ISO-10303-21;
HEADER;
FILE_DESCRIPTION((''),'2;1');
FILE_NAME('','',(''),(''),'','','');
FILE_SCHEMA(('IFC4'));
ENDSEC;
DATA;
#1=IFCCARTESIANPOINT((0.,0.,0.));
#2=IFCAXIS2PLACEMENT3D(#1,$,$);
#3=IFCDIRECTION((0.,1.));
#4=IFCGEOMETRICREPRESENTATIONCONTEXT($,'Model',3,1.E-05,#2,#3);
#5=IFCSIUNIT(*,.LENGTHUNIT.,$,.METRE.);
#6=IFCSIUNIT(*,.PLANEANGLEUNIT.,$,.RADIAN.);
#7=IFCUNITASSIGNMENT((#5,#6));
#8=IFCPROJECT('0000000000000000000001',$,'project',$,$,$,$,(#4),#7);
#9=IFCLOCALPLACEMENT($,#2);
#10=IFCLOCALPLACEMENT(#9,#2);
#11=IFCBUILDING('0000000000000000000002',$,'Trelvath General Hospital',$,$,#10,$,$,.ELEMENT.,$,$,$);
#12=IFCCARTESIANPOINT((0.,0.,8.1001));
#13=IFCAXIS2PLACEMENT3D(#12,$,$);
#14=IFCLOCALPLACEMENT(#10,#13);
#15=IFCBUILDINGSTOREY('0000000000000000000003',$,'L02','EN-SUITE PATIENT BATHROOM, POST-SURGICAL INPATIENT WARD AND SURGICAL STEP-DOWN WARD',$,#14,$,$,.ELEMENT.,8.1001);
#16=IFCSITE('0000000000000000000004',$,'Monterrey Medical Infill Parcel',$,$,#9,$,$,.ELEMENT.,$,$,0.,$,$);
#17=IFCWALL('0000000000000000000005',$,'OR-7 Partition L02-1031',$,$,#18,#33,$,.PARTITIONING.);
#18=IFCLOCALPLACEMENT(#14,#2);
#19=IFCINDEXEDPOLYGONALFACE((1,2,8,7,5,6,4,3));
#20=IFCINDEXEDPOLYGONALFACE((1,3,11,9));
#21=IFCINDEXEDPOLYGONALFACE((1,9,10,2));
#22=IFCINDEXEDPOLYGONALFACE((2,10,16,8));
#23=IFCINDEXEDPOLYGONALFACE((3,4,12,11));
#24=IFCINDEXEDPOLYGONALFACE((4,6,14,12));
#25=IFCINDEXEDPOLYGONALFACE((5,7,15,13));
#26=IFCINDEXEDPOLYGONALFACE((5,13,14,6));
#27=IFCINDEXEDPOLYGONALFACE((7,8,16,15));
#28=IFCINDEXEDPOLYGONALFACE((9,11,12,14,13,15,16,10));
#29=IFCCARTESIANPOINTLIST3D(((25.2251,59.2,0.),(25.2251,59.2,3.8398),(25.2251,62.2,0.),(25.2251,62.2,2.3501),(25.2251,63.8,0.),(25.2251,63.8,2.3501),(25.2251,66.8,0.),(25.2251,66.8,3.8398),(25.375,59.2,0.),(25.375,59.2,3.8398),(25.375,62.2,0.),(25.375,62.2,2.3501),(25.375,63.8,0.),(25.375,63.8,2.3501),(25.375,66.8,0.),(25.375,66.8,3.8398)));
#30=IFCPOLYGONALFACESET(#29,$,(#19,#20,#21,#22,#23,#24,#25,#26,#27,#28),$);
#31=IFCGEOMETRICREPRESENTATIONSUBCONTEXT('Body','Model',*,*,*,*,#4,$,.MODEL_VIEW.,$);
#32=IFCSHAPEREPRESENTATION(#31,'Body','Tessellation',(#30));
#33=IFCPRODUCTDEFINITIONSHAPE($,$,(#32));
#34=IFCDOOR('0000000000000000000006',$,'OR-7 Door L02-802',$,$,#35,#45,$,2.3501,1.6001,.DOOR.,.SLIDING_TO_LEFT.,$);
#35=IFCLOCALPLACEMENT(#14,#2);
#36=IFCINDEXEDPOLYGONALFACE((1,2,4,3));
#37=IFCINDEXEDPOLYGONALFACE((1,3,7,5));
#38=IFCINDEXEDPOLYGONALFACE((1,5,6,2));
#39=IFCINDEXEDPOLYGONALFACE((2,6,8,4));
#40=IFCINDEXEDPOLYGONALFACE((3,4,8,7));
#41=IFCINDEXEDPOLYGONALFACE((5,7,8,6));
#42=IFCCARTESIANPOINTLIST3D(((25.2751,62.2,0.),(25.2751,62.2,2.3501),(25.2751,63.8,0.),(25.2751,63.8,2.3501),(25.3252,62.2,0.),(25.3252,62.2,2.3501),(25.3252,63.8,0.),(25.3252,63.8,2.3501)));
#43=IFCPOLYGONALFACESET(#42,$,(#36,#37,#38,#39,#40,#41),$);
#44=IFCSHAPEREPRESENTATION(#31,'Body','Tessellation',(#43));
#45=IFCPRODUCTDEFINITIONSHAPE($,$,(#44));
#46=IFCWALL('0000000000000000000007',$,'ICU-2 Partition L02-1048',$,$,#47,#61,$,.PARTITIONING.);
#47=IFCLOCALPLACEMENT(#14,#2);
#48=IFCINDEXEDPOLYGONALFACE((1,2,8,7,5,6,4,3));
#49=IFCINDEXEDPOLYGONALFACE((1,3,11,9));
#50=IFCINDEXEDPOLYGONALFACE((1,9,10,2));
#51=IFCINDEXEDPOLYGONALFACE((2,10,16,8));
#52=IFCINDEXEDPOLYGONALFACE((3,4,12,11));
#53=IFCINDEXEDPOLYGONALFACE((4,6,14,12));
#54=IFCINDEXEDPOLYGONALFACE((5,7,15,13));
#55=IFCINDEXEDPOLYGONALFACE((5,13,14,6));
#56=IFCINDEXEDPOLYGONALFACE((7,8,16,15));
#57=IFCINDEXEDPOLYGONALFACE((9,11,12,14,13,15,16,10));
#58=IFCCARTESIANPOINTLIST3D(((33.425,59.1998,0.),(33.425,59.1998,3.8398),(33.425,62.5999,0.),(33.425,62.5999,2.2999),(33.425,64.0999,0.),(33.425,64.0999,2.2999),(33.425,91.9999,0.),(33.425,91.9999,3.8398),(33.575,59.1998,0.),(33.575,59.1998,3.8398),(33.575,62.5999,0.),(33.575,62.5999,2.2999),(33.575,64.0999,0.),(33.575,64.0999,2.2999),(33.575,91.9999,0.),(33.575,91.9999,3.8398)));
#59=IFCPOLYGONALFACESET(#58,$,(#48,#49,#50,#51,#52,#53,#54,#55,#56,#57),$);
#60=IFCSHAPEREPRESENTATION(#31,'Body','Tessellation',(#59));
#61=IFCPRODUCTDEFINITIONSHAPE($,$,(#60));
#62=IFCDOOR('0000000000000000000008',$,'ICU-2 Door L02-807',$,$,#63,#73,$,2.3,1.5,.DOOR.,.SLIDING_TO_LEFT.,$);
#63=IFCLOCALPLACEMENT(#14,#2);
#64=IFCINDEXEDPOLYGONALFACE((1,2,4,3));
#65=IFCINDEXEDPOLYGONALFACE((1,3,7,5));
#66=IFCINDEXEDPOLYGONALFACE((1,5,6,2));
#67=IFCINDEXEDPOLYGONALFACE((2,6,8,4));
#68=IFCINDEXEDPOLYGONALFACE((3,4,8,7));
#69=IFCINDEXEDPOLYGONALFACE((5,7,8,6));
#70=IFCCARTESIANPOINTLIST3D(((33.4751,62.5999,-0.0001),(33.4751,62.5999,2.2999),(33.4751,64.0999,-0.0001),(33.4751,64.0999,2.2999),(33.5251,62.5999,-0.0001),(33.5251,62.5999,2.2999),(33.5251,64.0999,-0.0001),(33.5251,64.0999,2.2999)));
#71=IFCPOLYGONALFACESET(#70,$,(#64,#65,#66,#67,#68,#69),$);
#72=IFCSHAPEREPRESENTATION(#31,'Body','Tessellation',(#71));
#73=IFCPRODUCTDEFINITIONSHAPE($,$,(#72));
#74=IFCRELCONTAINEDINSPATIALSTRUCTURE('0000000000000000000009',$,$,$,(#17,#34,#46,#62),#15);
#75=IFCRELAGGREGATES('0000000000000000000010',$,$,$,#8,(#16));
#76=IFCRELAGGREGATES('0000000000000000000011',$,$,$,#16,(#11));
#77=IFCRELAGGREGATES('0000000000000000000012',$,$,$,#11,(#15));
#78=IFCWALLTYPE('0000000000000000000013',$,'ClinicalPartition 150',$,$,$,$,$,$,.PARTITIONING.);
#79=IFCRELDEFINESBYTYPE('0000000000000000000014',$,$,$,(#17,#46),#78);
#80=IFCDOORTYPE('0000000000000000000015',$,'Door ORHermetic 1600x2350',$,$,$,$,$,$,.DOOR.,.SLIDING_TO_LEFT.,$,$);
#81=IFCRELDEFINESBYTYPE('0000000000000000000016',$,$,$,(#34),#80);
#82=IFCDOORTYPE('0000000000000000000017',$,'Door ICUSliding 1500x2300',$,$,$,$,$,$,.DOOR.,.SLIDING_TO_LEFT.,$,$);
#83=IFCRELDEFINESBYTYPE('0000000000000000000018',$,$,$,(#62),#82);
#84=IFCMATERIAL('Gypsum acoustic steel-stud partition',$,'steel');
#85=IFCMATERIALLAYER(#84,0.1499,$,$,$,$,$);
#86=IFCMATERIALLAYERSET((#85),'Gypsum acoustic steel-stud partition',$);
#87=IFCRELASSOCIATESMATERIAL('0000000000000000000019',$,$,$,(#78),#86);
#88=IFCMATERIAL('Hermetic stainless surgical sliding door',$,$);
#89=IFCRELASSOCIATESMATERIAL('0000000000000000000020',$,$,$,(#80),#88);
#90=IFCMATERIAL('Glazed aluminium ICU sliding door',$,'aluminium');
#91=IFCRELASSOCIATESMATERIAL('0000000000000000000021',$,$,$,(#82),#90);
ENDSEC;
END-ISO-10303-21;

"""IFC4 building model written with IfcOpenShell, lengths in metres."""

from ifc_helpers import new_model, si_unit, direction, frame, frame_2d, origin, place, context, subcontext, project, spatial, rectangle, extrude, material, layer, layer_set, type_object, element, fill, save


model = new_model("IFC4")

# Units and contexts
model_context = context("Model", 3, precision=1e-05, world=origin(), true_north=direction((0.0, 1.0)))
body_context = subcontext(model_context, "Body", "Model", "MODEL_VIEW")
ifc_project = project(units=[si_unit("LENGTHUNIT", "METRE"), si_unit("PLANEANGLEUNIT", "RADIAN")], contexts=[model_context])

# Site, building, storey
site_placement = place(None, origin())
site = spatial("IfcSite", under=ifc_project, at=site_placement, Name="Monterrey Medical Infill Parcel", CompositionType="ELEMENT", RefElevation=0.0)
building_placement = place(site_placement, origin())
building = spatial("IfcBuilding", under=site, at=building_placement, Name="Trelvath General Hospital", CompositionType="ELEMENT")
storey_placement = place(building_placement, frame((0.0, 0.0, 8.1001)))
storey = spatial("IfcBuildingStorey", under=building, at=storey_placement, Name="L02", Description="EN-SUITE PATIENT BATHROOM, POST-SURGICAL INPATIENT WARD AND SURGICAL STEP-DOWN WARD", CompositionType="ELEMENT", Elevation=8.1001)

# Walls, openings, doors
ifc_material_1 = material(Name="Gypsum acoustic steel-stud partition", Category="steel")
ifc_layer = layer(ifc_material_1, 0.1499)
ifc_layer_set = layer_set([ifc_layer], Name="Gypsum acoustic steel-stud partition")
wall_type = type_object("IfcWallType", Name="ClinicalPartition 150", PredefinedType="PARTITIONING", material=ifc_layer_set)
ifc_material_2 = material(Name="Hermetic stainless surgical sliding door")
door_type_1 = type_object("IfcDoorType", Name="Door ORHermetic 1600x2350", OperationType="SLIDING_TO_LEFT", PredefinedType="DOOR", material=ifc_material_2)
wall_1_placement = place(storey_placement, frame((25.3, 59.2, 0.0), z_axis=(0.0, 0.0, 1.0), x_axis=(0.0, 1.0, 0.0)))
wall_1 = element("IfcWall", 1, at=wall_1_placement, inside=storey, type_object=wall_type, Name="OR-7 Partition L02-1031", PredefinedType="PARTITIONING", context=body_context, shape_type="SweptSolid", body=[
    extrude(rectangle(XDim=7.6001, YDim=0.1499, at=frame_2d((3.8, 0.0))), origin(), (0.0, 0.0, 1.0), 3.8398),
])
opening_1_placement = place(wall_1_placement, frame((3.0, 0.0, 0.0)))
opening_1 = element("IfcOpeningElement", 2, at=opening_1_placement, cuts=wall_1, PredefinedType="OPENING", context=body_context, shape_type="SweptSolid", body=[
    extrude(rectangle(XDim=1.6001, YDim=2.3501, at=frame_2d((0.8, 1.175))), frame((0.0, 0.085, 0.0), z_axis=(0.0, -1.0, 0.0), x_axis=(1.0, 0.0, 0.0)), (0.0, 0.0, 1.0), 0.1699),
])
door_1_placement = place(opening_1_placement, origin())
door_1 = element("IfcDoor", 3, at=door_1_placement, inside=storey, type_object=door_type_1, Name="OR-7 Door L02-802", OperationType="SLIDING_TO_LEFT", OverallHeight=2.3501, OverallWidth=1.6001, PredefinedType="DOOR", context=body_context, shape_type="SweptSolid", body=[
    extrude(rectangle(XDim=1.6001, YDim=2.3501, at=frame_2d((0.8, 1.175))), frame((0.0, 0.0249, 0.0), z_axis=(0.0, -1.0, 0.0), x_axis=(1.0, 0.0, 0.0)), (0.0, 0.0, 1.0), 0.05),
])
fill(opening_1, door_1)
wall_2_placement = place(storey_placement, frame((33.5, 59.2, 0.0), z_axis=(0.0, 0.0, 1.0), x_axis=(0.0, 1.0, 0.0)))
wall_2 = element("IfcWall", 4, at=wall_2_placement, inside=storey, type_object=wall_type, Name="ICU-2 Partition L02-1048", PredefinedType="PARTITIONING", context=body_context, shape_type="SweptSolid", body=[
    extrude(rectangle(XDim=32.8, YDim=0.1499, at=frame_2d((16.3999, 0.0))), origin(), (0.0, 0.0, 1.0), 3.8398),
])
opening_2_placement = place(wall_2_placement, frame((3.3999, 0.0, 0.0)))
opening_2 = element("IfcOpeningElement", 5, at=opening_2_placement, cuts=wall_2, PredefinedType="OPENING", context=body_context, shape_type="SweptSolid", body=[
    extrude(rectangle(XDim=1.5, YDim=2.3, at=frame_2d((0.75, 1.1499))), frame((0.0, 0.085, 0.0), z_axis=(0.0, -1.0, 0.0), x_axis=(1.0, 0.0, 0.0)), (0.0, 0.0, 1.0), 0.1699),
])
ifc_material_3 = material(Name="Glazed aluminium ICU sliding door", Category="aluminium")
door_type_2 = type_object("IfcDoorType", Name="Door ICUSliding 1500x2300", OperationType="SLIDING_TO_LEFT", PredefinedType="DOOR", material=ifc_material_3)
door_2_placement = place(opening_2_placement, origin())
door_2 = element("IfcDoor", 6, at=door_2_placement, inside=storey, type_object=door_type_2, Name="ICU-2 Door L02-807", OperationType="SLIDING_TO_LEFT", OverallHeight=2.3, OverallWidth=1.5, PredefinedType="DOOR", context=body_context, shape_type="SweptSolid", body=[
    extrude(rectangle(XDim=1.5, YDim=2.3, at=frame_2d((0.75, 1.1499))), frame((0.0, 0.0249, 0.0), z_axis=(0.0, -1.0, 0.0), x_axis=(1.0, 0.0, 0.0)), (0.0, 0.0, 1.0), 0.05),
])
fill(opening_2, door_2)

save(model, "model.ifc")
